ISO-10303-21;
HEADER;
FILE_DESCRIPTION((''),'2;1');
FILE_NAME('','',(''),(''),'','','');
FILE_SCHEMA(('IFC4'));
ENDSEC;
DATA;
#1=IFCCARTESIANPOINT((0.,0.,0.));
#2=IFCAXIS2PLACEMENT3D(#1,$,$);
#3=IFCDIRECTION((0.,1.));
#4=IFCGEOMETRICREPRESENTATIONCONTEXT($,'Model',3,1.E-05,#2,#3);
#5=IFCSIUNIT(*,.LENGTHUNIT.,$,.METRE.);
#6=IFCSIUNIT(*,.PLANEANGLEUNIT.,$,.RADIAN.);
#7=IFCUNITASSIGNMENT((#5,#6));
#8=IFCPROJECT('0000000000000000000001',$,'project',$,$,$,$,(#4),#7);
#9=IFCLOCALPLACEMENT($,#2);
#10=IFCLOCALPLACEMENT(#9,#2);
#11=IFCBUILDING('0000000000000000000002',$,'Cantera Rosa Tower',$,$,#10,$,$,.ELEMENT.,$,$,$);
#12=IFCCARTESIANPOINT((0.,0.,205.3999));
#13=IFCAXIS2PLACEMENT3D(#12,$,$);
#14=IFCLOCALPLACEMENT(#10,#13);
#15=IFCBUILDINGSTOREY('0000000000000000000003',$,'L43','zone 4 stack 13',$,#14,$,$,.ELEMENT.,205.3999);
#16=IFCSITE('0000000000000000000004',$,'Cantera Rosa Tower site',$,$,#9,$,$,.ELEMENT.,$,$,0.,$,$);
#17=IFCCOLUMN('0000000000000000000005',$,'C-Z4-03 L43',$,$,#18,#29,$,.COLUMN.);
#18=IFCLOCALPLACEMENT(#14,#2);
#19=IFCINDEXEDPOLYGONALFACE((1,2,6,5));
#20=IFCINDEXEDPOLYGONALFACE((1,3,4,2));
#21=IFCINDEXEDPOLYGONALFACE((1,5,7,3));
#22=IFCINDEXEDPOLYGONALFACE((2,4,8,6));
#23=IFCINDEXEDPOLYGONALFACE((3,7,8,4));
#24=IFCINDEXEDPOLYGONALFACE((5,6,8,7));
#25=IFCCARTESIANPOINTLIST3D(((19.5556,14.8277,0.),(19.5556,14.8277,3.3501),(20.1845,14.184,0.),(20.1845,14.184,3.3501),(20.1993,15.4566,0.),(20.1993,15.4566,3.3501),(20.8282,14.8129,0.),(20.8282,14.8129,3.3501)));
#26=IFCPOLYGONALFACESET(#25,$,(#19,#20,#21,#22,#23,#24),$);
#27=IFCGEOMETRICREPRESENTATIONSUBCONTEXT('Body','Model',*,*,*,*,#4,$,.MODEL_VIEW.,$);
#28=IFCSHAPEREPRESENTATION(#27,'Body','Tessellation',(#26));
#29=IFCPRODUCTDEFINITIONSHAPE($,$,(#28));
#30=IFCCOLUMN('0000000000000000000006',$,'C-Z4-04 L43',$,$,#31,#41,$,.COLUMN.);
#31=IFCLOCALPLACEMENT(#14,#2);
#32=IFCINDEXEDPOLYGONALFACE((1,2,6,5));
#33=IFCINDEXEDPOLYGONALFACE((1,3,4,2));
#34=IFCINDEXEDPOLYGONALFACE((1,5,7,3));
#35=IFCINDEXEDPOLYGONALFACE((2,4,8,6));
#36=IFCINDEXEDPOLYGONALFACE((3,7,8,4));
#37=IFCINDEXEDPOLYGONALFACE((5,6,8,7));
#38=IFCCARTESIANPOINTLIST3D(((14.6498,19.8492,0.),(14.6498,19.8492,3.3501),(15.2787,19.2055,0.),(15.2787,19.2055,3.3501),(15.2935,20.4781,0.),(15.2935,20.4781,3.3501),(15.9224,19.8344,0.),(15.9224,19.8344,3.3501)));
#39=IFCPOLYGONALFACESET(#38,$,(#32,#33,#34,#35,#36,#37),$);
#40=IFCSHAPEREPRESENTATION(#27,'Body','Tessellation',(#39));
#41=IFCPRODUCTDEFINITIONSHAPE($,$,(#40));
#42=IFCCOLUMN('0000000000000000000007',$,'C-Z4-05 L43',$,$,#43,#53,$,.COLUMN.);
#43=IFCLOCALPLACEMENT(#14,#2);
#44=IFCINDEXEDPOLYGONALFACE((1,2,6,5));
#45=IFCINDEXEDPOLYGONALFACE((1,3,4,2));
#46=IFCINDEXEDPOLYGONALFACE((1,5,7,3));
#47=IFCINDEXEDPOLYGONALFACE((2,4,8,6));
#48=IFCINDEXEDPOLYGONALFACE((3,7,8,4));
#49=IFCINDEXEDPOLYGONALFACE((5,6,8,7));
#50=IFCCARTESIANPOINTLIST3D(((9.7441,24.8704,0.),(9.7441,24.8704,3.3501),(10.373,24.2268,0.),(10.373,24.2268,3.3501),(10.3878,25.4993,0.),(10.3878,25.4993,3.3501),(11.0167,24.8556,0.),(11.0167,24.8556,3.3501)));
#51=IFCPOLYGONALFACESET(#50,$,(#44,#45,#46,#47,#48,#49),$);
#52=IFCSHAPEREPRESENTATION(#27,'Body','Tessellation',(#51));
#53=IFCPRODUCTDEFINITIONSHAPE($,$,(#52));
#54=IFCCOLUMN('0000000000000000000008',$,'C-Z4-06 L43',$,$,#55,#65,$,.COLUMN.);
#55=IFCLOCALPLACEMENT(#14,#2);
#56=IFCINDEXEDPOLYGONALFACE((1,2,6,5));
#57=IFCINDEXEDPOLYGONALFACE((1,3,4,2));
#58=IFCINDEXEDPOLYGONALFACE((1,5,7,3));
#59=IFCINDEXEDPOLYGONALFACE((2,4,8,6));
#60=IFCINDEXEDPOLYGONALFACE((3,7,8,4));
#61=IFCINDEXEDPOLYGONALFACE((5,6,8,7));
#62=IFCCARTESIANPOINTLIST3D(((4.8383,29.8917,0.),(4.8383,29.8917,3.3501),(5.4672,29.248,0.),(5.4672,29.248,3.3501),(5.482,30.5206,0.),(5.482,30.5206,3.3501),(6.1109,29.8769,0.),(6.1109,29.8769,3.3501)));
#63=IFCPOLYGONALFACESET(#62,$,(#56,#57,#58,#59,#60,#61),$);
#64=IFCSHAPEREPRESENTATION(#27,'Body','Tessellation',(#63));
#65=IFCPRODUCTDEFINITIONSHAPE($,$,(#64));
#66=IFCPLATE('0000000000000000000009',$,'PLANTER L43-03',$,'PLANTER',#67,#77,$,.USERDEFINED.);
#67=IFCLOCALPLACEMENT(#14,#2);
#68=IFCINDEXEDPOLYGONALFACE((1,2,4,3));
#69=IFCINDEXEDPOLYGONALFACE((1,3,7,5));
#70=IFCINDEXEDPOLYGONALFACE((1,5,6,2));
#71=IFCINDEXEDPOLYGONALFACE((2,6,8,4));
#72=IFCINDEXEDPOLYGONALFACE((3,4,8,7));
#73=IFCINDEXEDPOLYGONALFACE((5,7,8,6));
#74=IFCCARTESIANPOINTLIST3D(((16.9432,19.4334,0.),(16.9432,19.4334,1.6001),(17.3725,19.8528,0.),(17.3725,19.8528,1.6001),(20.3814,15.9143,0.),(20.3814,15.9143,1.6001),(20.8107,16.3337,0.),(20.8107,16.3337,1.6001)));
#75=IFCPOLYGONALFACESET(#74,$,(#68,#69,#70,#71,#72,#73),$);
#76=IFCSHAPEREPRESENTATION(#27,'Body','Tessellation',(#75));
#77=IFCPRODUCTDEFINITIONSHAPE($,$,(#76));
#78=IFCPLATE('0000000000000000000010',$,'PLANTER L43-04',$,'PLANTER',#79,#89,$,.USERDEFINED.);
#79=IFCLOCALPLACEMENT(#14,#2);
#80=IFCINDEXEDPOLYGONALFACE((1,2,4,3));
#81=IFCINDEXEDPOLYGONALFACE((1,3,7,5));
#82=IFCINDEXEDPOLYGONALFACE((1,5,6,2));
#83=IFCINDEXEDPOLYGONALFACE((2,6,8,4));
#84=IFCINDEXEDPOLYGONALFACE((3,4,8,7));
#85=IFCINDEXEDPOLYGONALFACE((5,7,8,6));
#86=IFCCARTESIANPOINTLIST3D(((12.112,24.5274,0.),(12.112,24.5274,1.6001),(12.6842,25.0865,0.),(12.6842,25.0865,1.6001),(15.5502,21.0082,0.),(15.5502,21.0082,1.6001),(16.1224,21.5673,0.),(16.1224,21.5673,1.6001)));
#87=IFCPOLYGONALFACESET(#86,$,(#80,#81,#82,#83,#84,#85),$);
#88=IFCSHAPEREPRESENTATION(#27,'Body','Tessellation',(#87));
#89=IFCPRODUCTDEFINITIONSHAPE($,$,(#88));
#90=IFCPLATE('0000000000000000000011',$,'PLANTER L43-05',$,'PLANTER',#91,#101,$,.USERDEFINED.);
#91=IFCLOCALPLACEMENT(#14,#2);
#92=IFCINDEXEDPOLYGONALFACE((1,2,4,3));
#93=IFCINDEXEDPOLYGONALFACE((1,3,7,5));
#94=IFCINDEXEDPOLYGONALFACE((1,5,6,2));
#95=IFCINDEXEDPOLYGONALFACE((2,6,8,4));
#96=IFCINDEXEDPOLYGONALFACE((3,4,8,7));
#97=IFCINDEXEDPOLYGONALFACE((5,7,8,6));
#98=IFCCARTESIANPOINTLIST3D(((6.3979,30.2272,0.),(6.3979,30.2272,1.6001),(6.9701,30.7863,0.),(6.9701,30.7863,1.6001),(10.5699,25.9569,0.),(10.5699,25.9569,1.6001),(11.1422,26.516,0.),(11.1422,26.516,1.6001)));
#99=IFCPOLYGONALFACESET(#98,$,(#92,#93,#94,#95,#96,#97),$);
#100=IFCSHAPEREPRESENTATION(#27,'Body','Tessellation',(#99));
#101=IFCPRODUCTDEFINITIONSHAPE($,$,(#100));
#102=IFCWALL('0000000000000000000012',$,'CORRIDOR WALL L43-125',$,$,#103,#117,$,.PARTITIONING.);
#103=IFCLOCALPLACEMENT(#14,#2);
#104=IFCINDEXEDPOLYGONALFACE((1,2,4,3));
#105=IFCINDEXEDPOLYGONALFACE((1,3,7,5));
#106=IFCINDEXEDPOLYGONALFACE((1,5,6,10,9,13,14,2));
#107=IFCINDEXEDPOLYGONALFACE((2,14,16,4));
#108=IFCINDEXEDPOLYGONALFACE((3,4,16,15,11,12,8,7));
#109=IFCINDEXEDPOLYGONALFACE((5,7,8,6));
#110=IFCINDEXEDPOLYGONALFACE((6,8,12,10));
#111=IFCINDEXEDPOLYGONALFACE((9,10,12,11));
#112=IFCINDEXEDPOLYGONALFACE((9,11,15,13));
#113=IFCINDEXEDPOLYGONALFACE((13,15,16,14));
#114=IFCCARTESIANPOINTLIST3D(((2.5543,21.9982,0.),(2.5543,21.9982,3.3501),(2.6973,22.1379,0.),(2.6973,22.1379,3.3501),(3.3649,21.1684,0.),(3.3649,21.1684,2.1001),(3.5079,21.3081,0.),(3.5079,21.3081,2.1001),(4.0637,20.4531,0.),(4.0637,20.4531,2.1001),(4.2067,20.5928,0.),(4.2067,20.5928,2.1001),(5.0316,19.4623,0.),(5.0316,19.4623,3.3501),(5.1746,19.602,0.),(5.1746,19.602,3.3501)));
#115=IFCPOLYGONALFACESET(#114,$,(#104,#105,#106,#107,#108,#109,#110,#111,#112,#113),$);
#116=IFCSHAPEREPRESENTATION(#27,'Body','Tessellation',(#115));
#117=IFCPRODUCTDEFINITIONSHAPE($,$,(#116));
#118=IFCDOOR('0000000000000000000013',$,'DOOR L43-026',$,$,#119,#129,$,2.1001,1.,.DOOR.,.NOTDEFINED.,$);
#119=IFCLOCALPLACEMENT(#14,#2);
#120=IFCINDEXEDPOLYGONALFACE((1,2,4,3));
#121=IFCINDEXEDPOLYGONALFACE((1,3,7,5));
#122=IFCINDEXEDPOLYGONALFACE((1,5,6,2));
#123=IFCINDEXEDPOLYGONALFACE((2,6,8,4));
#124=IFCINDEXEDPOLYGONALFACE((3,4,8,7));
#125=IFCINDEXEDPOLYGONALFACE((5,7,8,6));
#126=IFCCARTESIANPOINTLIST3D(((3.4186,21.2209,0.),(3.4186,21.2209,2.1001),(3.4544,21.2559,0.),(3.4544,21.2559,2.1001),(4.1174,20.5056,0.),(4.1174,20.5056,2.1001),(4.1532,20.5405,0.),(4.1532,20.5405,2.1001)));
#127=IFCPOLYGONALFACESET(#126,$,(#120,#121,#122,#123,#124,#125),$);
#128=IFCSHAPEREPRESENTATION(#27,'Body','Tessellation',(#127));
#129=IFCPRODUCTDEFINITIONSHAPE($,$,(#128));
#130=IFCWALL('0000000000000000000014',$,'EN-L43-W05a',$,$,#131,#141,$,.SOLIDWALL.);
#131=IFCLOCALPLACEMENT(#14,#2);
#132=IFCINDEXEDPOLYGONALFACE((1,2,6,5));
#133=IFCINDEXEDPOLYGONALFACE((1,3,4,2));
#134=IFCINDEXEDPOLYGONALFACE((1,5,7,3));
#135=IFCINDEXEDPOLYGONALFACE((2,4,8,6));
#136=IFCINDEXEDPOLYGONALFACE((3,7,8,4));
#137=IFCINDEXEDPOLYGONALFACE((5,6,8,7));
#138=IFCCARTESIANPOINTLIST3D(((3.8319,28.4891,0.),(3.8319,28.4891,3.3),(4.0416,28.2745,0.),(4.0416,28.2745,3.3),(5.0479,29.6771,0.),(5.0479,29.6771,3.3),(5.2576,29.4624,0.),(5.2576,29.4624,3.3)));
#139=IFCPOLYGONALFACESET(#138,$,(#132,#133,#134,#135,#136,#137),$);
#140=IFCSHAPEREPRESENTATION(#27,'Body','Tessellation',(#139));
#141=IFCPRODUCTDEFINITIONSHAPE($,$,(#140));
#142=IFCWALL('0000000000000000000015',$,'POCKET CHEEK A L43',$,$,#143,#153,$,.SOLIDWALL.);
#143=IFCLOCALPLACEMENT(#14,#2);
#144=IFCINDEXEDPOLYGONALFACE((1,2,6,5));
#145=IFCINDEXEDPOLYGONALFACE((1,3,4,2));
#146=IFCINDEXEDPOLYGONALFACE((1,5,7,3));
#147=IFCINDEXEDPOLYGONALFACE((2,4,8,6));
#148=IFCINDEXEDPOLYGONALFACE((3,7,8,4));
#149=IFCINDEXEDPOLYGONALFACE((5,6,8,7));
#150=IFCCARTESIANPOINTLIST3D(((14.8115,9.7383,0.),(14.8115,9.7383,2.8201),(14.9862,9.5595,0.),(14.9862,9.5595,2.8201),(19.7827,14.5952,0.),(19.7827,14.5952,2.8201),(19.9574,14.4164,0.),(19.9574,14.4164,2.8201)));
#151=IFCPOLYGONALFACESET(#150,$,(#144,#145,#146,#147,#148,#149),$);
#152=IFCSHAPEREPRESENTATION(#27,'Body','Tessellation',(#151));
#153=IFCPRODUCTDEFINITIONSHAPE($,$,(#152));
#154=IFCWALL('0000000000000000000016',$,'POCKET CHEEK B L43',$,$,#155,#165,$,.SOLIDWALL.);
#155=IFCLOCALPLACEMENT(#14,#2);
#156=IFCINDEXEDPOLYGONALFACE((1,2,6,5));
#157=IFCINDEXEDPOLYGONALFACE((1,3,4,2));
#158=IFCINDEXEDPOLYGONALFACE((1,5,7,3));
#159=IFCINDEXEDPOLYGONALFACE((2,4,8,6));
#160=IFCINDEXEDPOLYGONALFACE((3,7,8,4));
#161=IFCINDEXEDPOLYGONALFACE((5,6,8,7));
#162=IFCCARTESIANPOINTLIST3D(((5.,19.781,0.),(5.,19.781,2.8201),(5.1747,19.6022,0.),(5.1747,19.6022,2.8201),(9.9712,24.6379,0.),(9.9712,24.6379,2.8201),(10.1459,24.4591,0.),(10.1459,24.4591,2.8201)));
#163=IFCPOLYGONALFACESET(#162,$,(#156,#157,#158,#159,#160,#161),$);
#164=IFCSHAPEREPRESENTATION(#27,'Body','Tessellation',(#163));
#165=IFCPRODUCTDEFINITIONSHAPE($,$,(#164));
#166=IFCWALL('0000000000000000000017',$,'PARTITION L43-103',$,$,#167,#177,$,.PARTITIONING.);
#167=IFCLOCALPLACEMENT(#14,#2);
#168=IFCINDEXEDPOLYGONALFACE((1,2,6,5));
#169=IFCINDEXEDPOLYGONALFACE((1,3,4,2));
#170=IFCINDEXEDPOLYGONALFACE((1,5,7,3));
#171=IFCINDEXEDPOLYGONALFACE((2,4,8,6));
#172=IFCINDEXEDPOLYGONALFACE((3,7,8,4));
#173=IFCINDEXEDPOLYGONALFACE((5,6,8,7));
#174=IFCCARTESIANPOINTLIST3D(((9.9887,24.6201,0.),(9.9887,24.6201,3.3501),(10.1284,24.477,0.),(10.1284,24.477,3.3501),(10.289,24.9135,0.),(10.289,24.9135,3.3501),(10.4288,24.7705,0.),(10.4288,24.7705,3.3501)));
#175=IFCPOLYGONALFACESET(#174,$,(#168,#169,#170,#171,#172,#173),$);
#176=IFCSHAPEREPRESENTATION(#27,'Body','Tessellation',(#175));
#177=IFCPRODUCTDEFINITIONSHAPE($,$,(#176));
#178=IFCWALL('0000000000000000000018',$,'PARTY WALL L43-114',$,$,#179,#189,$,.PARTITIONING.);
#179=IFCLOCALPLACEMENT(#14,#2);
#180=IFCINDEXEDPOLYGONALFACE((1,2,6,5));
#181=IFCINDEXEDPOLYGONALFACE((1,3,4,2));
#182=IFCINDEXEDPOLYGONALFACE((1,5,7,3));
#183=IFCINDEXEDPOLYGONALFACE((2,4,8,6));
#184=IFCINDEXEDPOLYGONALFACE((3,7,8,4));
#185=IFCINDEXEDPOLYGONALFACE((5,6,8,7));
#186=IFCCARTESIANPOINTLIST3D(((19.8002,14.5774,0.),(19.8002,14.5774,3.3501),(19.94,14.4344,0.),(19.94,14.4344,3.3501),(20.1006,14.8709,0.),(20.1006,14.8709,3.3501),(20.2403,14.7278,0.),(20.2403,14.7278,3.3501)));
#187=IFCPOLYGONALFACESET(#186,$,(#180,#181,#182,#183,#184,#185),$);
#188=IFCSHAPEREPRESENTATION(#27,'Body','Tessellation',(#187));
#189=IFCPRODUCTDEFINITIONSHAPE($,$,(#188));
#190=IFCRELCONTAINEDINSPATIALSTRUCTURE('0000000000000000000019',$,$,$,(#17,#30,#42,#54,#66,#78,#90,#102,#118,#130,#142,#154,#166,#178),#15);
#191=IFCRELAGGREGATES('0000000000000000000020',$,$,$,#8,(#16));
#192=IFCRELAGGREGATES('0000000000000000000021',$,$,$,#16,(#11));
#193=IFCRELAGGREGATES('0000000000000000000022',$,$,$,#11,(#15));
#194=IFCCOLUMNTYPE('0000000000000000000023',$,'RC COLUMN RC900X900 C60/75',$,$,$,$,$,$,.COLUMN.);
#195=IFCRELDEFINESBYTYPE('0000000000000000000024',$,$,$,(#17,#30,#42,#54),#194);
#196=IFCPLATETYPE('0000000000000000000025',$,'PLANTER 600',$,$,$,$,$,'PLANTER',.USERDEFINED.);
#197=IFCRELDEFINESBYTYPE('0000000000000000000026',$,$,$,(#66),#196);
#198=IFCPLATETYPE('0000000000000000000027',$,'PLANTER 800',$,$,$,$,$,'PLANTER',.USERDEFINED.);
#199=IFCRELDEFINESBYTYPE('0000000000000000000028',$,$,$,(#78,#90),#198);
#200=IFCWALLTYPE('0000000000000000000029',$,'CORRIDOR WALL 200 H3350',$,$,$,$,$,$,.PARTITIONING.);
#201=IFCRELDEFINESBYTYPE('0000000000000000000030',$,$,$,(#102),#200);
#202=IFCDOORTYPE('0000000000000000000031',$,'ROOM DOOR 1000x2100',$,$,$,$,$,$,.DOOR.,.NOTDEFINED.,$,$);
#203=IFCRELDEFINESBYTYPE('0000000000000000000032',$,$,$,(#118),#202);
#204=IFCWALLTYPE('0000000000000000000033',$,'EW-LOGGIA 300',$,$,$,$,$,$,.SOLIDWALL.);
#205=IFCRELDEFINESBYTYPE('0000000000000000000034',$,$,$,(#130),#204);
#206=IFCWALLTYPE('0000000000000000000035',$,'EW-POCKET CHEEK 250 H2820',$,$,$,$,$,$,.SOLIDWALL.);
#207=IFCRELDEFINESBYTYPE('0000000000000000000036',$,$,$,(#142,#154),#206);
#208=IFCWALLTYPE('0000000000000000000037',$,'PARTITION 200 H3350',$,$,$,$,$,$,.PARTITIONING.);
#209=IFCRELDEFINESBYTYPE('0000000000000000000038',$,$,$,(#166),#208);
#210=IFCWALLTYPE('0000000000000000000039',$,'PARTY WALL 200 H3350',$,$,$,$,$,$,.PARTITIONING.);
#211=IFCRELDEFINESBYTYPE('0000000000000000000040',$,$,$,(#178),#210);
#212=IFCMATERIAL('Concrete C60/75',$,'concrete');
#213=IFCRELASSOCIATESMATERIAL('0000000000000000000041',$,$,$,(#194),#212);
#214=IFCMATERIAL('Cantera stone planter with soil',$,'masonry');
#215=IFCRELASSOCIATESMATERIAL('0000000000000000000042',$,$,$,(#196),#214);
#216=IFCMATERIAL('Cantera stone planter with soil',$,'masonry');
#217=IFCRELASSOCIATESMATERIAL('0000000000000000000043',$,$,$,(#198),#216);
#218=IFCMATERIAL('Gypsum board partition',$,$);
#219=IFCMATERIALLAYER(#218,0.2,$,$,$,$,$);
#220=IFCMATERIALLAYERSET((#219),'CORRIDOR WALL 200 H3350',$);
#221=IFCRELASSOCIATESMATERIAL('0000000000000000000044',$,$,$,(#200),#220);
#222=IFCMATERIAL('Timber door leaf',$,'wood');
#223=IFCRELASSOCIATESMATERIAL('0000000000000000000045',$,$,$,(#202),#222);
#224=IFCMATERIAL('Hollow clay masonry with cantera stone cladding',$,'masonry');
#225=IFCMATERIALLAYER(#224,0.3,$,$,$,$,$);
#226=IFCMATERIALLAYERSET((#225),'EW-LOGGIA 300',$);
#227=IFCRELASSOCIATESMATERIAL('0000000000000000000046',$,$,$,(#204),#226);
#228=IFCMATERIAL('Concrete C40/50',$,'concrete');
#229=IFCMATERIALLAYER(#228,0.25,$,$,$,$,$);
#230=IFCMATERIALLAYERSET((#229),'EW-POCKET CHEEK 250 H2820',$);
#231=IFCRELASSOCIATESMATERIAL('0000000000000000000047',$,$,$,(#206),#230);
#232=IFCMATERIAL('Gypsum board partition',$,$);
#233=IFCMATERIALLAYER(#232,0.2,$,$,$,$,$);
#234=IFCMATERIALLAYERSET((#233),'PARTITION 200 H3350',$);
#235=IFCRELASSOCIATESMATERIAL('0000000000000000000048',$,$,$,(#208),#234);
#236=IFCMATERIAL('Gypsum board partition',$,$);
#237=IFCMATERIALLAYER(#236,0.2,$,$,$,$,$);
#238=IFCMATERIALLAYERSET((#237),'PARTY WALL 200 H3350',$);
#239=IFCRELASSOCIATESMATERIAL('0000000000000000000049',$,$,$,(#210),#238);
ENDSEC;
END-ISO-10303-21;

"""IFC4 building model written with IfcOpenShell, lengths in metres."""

from ifc_helpers import new_model, si_unit, direction, frame, frame_2d, origin, origin_2d, place, context, subcontext, project, spatial, rectangle, extrude, material, layer, layer_set, material_profile, profile_set, type_object, element, fill, save


model = new_model("IFC4")

# Units and contexts
model_context = context("Model", 3, precision=1e-05, world=origin(), true_north=direction((0.0, 1.0)))
body_context = subcontext(model_context, "Body", "Model", "MODEL_VIEW")
ifc_project = project(units=[si_unit("LENGTHUNIT", "METRE"), si_unit("PLANEANGLEUNIT", "RADIAN")], contexts=[model_context])

# Site, building, storey
site_placement = place(None, origin())
site = spatial("IfcSite", under=ifc_project, at=site_placement, Name="Cantera Rosa Tower site", CompositionType="ELEMENT", RefElevation=0.0)
building_placement = place(site_placement, origin())
building = spatial("IfcBuilding", under=site, at=building_placement, Name="Cantera Rosa Tower", CompositionType="ELEMENT")
storey_placement = place(building_placement, frame((0.0, 0.0, 205.3999)))
storey = spatial("IfcBuildingStorey", under=building, at=storey_placement, Name="L43", Description="zone 4 stack 13", CompositionType="ELEMENT", Elevation=205.3999)

# Columns
ifc_material_1 = material(Name="Concrete C60/75", Category="concrete")
ifc_material_profile = material_profile(ifc_material_1, rectangle(XDim=0.8999, YDim=0.8999, at=origin_2d()), Name="RC COLUMN RC900X900 C60/75")
ifc_profile_set = profile_set([ifc_material_profile], Name="Concrete C60/75")
column_type = type_object("IfcColumnType", Name="RC COLUMN RC900X900 C60/75", PredefinedType="COLUMN", material=ifc_profile_set)
for number, where, z_axis, x_axis, name in (
    (1, (20.1919, 14.8203, 0.0), (0.0, 0.0, 1.0), (0.715286, 0.698832, 0.0), "C-Z4-03 L43"),
    (2, (15.2861, 19.8418, 0.0), (0.0, 0.0, 1.0), (0.715286, 0.698832, 0.0), "C-Z4-04 L43"),
    (3, (10.3804, 24.863, 0.0), (0.0, 0.0, 1.0), (0.715286, 0.698832, 0.0), "C-Z4-05 L43"),
    (4, (5.4746, 29.8843, 0.0), (0.0, 0.0, 1.0), (0.715286, 0.698832, 0.0), "C-Z4-06 L43"),
):
    element("IfcColumn", number, at=place(storey_placement, frame(where, z_axis=z_axis, x_axis=x_axis)), inside=storey, type_object=column_type, Name=name, PredefinedType="COLUMN", context=body_context, shape_type="SweptSolid", body=[
        extrude(rectangle(XDim=0.8999, YDim=0.8999, at=origin_2d()), origin(), (0.0, 0.0, 1.0), 3.3501),
    ])

# Plates
ifc_material_2 = material(Name="Cantera stone planter with soil", Category="masonry")
plate_type_1 = type_object("IfcPlateType", Name="PLANTER 600", ElementType="PLANTER", PredefinedType="USERDEFINED", material=ifc_material_2)
plate_1_placement = place(storey_placement, frame((18.877, 17.8835, 0.0), z_axis=(0.0, 0.0, 1.0), x_axis=(-0.698832, 0.715286, 0.0)))
element("IfcPlate", 5, at=plate_1_placement, inside=storey, type_object=plate_type_1, Name="PLANTER L43-03", ObjectType="PLANTER", PredefinedType="USERDEFINED", context=body_context, shape_type="SweptSolid", body=[
    extrude(rectangle(XDim=4.9199, YDim=0.6001, at=origin_2d()), origin(), (0.0, 0.0, 1.0), 1.6001),
])
ifc_material_3 = material(Name="Cantera stone planter with soil", Category="masonry")
plate_type_2 = type_object("IfcPlateType", Name="PLANTER 800", ElementType="PLANTER", PredefinedType="USERDEFINED", material=ifc_material_3)
plate_2_placement = place(storey_placement, frame((14.1172, 23.0474, 0.0), z_axis=(0.0, 0.0, 1.0), x_axis=(-0.698832, 0.715286, 0.0)))
element("IfcPlate", 6, at=plate_2_placement, inside=storey, type_object=plate_type_2, Name="PLANTER L43-04", ObjectType="PLANTER", PredefinedType="USERDEFINED", context=body_context, shape_type="SweptSolid", body=[
    extrude(rectangle(XDim=4.9199, YDim=0.8, at=origin_2d()), origin(), (0.0, 0.0, 1.0), 1.6001),
])
plate_3_placement = place(storey_placement, frame((8.77, 28.3716, 0.0), z_axis=(0.0, 0.0, 1.0), x_axis=(-0.698832, 0.715286, 0.0)))
element("IfcPlate", 7, at=plate_3_placement, inside=storey, type_object=plate_type_2, Name="PLANTER L43-05", ObjectType="PLANTER", PredefinedType="USERDEFINED", context=body_context, shape_type="SweptSolid", body=[
    extrude(rectangle(XDim=5.97, YDim=0.8, at=origin_2d()), origin(), (0.0, 0.0, 1.0), 1.6001),
])

# Wall, opening, door
ifc_material_4 = material(Name="Gypsum board partition")
ifc_layer_1 = layer(ifc_material_4, 0.2)
ifc_layer_set_1 = layer_set([ifc_layer_1], Name="CORRIDOR WALL 200 H3350")
wall_type_1 = type_object("IfcWallType", Name="CORRIDOR WALL 200 H3350", PredefinedType="PARTITIONING", material=ifc_layer_set_1)
wall_1_placement = place(storey_placement, frame((5.103, 19.5322, 0.0), z_axis=(0.0, 0.0, 1.0), x_axis=(-0.698794, 0.715323, 0.0)))
wall_1 = element("IfcWall", 8, at=wall_1_placement, inside=storey, type_object=wall_type_1, Name="CORRIDOR WALL L43-125", PredefinedType="PARTITIONING", context=body_context, shape_type="SweptSolid", body=[
    extrude(rectangle(XDim=3.5452, YDim=0.2, at=frame_2d((1.7725, 0.0))), origin(), (0.0, 0.0, 1.0), 3.3501),
])
opening_1_placement = place(wall_1_placement, frame((1.385, 0.0, 0.0)))
opening_1 = element("IfcOpeningElement", 9, at=opening_1_placement, cuts=wall_1, PredefinedType="OPENING", context=body_context, shape_type="SweptSolid", body=[
    extrude(rectangle(XDim=1.0, YDim=2.1001, at=frame_2d((0.5, 1.05))), frame((0.0, 0.1099, 0.0), z_axis=(0.0, -1.0, 0.0), x_axis=(1.0, 0.0, 0.0)), (0.0, 0.0, 1.0), 0.22),
])
ifc_material_5 = material(Name="Timber door leaf", Category="wood")
door_type_1 = type_object("IfcDoorType", Name="ROOM DOOR 1000x2100", OperationType="NOTDEFINED", PredefinedType="DOOR", material=ifc_material_5)
door_1_placement = place(opening_1_placement, origin())
door_1 = element("IfcDoor", 10, at=door_1_placement, inside=storey, type_object=door_type_1, Name="DOOR L43-026", OperationType="NOTDEFINED", OverallHeight=2.1001, OverallWidth=1.0, PredefinedType="DOOR", context=body_context, shape_type="SweptSolid", body=[
    extrude(rectangle(XDim=1.0, YDim=2.1001, at=frame_2d((0.5, 1.05))), frame((0.0, 0.0249, 0.0), z_axis=(0.0, -1.0, 0.0), x_axis=(1.0, 0.0, 0.0)), (0.0, 0.0, 1.0), 0.05),
])
fill(opening_1, door_1)

# Wall
ifc_material_6 = material(Name="Hollow clay masonry with cantera stone cladding", Category="masonry")
ifc_layer_2 = layer(ifc_material_6, 0.3)
ifc_layer_set_2 = layer_set([ifc_layer_2], Name="EW-LOGGIA 300")
wall_type_2 = type_object("IfcWallType", Name="EW-LOGGIA 300", PredefinedType="SOLIDWALL", material=ifc_layer_set_2)
wall_2_placement = place(storey_placement, frame((5.1528, 29.5698, 0.0), z_axis=(0.0, 0.0, 1.0), x_axis=(-0.715316, -0.698801, 0.0)))
element("IfcWall", 11, at=wall_2_placement, inside=storey, type_object=wall_type_2, Name="EN-L43-W05a", PredefinedType="SOLIDWALL", context=body_context, shape_type="SweptSolid", body=[
    extrude(rectangle(XDim=1.7, YDim=0.3, at=frame_2d((0.8501, 0.0))), origin(), (0.0, 0.0, 1.0), 3.3),
])

# Walls
ifc_material_7 = material(Name="Concrete C40/50", Category="concrete")
ifc_layer_3 = layer(ifc_material_7, 0.25)
ifc_layer_set_3 = layer_set([ifc_layer_3], Name="EW-POCKET CHEEK 250 H2820")
wall_type_3 = type_object("IfcWallType", Name="EW-POCKET CHEEK 250 H2820", PredefinedType="SOLIDWALL", material=ifc_layer_set_3)
for number, where, z_axis, x_axis, name in (
    (12, (19.8701, 14.5059, 0.0), (0.0, 0.0, 1.0), (-0.715279, -0.698839, 0.0), "POCKET CHEEK A L43"),
    (13, (10.0586, 24.5486, 0.0), (0.0, 0.0, 1.0), (-0.715279, -0.698839, 0.0), "POCKET CHEEK B L43"),
):
    element("IfcWall", number, at=place(storey_placement, frame(where, z_axis=z_axis, x_axis=x_axis)), inside=storey, type_object=wall_type_3, Name=name, PredefinedType="SOLIDWALL", context=body_context, shape_type="SweptSolid", body=[
        extrude(rectangle(XDim=6.95, YDim=0.25, at=frame_2d((3.4751, 0.0))), origin(), (0.0, 0.0, 1.0), 2.8201),
    ])
ifc_material_8 = material(Name="Gypsum board partition")
ifc_layer_4 = layer(ifc_material_8, 0.2)
ifc_layer_set_4 = layer_set([ifc_layer_4], Name="PARTITION 200 H3350")
wall_type_4 = type_object("IfcWallType", Name="PARTITION 200 H3350", PredefinedType="PARTITIONING", material=ifc_layer_set_4)
wall_3_placement = place(storey_placement, frame((10.3589, 24.842, 0.0), z_axis=(0.0, 0.0, 1.0), x_axis=(-0.7152, -0.698919, 0.0)))
element("IfcWall", 14, at=wall_3_placement, inside=storey, type_object=wall_type_4, Name="PARTITION L43-103", PredefinedType="PARTITIONING", context=body_context, shape_type="SweptSolid", body=[
    extrude(rectangle(XDim=0.4199, YDim=0.2, at=frame_2d((0.21, 0.0))), origin(), (0.0, 0.0, 1.0), 3.3501),
])
ifc_material_9 = material(Name="Gypsum board partition")
ifc_layer_5 = layer(ifc_material_9, 0.2)
ifc_layer_set_5 = layer_set([ifc_layer_5], Name="PARTY WALL 200 H3350")
wall_type_5 = type_object("IfcWallType", Name="PARTY WALL 200 H3350", PredefinedType="PARTITIONING", material=ifc_layer_set_5)
wall_4_placement = place(storey_placement, frame((19.8701, 14.5059, 0.0), z_axis=(0.0, 0.0, 1.0), x_axis=(0.7152, 0.698919, 0.0)))
element("IfcWall", 15, at=wall_4_placement, inside=storey, type_object=wall_type_5, Name="PARTY WALL L43-114", PredefinedType="PARTITIONING", context=body_context, shape_type="SweptSolid", body=[
    extrude(rectangle(XDim=0.4199, YDim=0.2, at=frame_2d((0.21, 0.0))), origin(), (0.0, 0.0, 1.0), 3.3501),
])

save(model, "model.ifc")
